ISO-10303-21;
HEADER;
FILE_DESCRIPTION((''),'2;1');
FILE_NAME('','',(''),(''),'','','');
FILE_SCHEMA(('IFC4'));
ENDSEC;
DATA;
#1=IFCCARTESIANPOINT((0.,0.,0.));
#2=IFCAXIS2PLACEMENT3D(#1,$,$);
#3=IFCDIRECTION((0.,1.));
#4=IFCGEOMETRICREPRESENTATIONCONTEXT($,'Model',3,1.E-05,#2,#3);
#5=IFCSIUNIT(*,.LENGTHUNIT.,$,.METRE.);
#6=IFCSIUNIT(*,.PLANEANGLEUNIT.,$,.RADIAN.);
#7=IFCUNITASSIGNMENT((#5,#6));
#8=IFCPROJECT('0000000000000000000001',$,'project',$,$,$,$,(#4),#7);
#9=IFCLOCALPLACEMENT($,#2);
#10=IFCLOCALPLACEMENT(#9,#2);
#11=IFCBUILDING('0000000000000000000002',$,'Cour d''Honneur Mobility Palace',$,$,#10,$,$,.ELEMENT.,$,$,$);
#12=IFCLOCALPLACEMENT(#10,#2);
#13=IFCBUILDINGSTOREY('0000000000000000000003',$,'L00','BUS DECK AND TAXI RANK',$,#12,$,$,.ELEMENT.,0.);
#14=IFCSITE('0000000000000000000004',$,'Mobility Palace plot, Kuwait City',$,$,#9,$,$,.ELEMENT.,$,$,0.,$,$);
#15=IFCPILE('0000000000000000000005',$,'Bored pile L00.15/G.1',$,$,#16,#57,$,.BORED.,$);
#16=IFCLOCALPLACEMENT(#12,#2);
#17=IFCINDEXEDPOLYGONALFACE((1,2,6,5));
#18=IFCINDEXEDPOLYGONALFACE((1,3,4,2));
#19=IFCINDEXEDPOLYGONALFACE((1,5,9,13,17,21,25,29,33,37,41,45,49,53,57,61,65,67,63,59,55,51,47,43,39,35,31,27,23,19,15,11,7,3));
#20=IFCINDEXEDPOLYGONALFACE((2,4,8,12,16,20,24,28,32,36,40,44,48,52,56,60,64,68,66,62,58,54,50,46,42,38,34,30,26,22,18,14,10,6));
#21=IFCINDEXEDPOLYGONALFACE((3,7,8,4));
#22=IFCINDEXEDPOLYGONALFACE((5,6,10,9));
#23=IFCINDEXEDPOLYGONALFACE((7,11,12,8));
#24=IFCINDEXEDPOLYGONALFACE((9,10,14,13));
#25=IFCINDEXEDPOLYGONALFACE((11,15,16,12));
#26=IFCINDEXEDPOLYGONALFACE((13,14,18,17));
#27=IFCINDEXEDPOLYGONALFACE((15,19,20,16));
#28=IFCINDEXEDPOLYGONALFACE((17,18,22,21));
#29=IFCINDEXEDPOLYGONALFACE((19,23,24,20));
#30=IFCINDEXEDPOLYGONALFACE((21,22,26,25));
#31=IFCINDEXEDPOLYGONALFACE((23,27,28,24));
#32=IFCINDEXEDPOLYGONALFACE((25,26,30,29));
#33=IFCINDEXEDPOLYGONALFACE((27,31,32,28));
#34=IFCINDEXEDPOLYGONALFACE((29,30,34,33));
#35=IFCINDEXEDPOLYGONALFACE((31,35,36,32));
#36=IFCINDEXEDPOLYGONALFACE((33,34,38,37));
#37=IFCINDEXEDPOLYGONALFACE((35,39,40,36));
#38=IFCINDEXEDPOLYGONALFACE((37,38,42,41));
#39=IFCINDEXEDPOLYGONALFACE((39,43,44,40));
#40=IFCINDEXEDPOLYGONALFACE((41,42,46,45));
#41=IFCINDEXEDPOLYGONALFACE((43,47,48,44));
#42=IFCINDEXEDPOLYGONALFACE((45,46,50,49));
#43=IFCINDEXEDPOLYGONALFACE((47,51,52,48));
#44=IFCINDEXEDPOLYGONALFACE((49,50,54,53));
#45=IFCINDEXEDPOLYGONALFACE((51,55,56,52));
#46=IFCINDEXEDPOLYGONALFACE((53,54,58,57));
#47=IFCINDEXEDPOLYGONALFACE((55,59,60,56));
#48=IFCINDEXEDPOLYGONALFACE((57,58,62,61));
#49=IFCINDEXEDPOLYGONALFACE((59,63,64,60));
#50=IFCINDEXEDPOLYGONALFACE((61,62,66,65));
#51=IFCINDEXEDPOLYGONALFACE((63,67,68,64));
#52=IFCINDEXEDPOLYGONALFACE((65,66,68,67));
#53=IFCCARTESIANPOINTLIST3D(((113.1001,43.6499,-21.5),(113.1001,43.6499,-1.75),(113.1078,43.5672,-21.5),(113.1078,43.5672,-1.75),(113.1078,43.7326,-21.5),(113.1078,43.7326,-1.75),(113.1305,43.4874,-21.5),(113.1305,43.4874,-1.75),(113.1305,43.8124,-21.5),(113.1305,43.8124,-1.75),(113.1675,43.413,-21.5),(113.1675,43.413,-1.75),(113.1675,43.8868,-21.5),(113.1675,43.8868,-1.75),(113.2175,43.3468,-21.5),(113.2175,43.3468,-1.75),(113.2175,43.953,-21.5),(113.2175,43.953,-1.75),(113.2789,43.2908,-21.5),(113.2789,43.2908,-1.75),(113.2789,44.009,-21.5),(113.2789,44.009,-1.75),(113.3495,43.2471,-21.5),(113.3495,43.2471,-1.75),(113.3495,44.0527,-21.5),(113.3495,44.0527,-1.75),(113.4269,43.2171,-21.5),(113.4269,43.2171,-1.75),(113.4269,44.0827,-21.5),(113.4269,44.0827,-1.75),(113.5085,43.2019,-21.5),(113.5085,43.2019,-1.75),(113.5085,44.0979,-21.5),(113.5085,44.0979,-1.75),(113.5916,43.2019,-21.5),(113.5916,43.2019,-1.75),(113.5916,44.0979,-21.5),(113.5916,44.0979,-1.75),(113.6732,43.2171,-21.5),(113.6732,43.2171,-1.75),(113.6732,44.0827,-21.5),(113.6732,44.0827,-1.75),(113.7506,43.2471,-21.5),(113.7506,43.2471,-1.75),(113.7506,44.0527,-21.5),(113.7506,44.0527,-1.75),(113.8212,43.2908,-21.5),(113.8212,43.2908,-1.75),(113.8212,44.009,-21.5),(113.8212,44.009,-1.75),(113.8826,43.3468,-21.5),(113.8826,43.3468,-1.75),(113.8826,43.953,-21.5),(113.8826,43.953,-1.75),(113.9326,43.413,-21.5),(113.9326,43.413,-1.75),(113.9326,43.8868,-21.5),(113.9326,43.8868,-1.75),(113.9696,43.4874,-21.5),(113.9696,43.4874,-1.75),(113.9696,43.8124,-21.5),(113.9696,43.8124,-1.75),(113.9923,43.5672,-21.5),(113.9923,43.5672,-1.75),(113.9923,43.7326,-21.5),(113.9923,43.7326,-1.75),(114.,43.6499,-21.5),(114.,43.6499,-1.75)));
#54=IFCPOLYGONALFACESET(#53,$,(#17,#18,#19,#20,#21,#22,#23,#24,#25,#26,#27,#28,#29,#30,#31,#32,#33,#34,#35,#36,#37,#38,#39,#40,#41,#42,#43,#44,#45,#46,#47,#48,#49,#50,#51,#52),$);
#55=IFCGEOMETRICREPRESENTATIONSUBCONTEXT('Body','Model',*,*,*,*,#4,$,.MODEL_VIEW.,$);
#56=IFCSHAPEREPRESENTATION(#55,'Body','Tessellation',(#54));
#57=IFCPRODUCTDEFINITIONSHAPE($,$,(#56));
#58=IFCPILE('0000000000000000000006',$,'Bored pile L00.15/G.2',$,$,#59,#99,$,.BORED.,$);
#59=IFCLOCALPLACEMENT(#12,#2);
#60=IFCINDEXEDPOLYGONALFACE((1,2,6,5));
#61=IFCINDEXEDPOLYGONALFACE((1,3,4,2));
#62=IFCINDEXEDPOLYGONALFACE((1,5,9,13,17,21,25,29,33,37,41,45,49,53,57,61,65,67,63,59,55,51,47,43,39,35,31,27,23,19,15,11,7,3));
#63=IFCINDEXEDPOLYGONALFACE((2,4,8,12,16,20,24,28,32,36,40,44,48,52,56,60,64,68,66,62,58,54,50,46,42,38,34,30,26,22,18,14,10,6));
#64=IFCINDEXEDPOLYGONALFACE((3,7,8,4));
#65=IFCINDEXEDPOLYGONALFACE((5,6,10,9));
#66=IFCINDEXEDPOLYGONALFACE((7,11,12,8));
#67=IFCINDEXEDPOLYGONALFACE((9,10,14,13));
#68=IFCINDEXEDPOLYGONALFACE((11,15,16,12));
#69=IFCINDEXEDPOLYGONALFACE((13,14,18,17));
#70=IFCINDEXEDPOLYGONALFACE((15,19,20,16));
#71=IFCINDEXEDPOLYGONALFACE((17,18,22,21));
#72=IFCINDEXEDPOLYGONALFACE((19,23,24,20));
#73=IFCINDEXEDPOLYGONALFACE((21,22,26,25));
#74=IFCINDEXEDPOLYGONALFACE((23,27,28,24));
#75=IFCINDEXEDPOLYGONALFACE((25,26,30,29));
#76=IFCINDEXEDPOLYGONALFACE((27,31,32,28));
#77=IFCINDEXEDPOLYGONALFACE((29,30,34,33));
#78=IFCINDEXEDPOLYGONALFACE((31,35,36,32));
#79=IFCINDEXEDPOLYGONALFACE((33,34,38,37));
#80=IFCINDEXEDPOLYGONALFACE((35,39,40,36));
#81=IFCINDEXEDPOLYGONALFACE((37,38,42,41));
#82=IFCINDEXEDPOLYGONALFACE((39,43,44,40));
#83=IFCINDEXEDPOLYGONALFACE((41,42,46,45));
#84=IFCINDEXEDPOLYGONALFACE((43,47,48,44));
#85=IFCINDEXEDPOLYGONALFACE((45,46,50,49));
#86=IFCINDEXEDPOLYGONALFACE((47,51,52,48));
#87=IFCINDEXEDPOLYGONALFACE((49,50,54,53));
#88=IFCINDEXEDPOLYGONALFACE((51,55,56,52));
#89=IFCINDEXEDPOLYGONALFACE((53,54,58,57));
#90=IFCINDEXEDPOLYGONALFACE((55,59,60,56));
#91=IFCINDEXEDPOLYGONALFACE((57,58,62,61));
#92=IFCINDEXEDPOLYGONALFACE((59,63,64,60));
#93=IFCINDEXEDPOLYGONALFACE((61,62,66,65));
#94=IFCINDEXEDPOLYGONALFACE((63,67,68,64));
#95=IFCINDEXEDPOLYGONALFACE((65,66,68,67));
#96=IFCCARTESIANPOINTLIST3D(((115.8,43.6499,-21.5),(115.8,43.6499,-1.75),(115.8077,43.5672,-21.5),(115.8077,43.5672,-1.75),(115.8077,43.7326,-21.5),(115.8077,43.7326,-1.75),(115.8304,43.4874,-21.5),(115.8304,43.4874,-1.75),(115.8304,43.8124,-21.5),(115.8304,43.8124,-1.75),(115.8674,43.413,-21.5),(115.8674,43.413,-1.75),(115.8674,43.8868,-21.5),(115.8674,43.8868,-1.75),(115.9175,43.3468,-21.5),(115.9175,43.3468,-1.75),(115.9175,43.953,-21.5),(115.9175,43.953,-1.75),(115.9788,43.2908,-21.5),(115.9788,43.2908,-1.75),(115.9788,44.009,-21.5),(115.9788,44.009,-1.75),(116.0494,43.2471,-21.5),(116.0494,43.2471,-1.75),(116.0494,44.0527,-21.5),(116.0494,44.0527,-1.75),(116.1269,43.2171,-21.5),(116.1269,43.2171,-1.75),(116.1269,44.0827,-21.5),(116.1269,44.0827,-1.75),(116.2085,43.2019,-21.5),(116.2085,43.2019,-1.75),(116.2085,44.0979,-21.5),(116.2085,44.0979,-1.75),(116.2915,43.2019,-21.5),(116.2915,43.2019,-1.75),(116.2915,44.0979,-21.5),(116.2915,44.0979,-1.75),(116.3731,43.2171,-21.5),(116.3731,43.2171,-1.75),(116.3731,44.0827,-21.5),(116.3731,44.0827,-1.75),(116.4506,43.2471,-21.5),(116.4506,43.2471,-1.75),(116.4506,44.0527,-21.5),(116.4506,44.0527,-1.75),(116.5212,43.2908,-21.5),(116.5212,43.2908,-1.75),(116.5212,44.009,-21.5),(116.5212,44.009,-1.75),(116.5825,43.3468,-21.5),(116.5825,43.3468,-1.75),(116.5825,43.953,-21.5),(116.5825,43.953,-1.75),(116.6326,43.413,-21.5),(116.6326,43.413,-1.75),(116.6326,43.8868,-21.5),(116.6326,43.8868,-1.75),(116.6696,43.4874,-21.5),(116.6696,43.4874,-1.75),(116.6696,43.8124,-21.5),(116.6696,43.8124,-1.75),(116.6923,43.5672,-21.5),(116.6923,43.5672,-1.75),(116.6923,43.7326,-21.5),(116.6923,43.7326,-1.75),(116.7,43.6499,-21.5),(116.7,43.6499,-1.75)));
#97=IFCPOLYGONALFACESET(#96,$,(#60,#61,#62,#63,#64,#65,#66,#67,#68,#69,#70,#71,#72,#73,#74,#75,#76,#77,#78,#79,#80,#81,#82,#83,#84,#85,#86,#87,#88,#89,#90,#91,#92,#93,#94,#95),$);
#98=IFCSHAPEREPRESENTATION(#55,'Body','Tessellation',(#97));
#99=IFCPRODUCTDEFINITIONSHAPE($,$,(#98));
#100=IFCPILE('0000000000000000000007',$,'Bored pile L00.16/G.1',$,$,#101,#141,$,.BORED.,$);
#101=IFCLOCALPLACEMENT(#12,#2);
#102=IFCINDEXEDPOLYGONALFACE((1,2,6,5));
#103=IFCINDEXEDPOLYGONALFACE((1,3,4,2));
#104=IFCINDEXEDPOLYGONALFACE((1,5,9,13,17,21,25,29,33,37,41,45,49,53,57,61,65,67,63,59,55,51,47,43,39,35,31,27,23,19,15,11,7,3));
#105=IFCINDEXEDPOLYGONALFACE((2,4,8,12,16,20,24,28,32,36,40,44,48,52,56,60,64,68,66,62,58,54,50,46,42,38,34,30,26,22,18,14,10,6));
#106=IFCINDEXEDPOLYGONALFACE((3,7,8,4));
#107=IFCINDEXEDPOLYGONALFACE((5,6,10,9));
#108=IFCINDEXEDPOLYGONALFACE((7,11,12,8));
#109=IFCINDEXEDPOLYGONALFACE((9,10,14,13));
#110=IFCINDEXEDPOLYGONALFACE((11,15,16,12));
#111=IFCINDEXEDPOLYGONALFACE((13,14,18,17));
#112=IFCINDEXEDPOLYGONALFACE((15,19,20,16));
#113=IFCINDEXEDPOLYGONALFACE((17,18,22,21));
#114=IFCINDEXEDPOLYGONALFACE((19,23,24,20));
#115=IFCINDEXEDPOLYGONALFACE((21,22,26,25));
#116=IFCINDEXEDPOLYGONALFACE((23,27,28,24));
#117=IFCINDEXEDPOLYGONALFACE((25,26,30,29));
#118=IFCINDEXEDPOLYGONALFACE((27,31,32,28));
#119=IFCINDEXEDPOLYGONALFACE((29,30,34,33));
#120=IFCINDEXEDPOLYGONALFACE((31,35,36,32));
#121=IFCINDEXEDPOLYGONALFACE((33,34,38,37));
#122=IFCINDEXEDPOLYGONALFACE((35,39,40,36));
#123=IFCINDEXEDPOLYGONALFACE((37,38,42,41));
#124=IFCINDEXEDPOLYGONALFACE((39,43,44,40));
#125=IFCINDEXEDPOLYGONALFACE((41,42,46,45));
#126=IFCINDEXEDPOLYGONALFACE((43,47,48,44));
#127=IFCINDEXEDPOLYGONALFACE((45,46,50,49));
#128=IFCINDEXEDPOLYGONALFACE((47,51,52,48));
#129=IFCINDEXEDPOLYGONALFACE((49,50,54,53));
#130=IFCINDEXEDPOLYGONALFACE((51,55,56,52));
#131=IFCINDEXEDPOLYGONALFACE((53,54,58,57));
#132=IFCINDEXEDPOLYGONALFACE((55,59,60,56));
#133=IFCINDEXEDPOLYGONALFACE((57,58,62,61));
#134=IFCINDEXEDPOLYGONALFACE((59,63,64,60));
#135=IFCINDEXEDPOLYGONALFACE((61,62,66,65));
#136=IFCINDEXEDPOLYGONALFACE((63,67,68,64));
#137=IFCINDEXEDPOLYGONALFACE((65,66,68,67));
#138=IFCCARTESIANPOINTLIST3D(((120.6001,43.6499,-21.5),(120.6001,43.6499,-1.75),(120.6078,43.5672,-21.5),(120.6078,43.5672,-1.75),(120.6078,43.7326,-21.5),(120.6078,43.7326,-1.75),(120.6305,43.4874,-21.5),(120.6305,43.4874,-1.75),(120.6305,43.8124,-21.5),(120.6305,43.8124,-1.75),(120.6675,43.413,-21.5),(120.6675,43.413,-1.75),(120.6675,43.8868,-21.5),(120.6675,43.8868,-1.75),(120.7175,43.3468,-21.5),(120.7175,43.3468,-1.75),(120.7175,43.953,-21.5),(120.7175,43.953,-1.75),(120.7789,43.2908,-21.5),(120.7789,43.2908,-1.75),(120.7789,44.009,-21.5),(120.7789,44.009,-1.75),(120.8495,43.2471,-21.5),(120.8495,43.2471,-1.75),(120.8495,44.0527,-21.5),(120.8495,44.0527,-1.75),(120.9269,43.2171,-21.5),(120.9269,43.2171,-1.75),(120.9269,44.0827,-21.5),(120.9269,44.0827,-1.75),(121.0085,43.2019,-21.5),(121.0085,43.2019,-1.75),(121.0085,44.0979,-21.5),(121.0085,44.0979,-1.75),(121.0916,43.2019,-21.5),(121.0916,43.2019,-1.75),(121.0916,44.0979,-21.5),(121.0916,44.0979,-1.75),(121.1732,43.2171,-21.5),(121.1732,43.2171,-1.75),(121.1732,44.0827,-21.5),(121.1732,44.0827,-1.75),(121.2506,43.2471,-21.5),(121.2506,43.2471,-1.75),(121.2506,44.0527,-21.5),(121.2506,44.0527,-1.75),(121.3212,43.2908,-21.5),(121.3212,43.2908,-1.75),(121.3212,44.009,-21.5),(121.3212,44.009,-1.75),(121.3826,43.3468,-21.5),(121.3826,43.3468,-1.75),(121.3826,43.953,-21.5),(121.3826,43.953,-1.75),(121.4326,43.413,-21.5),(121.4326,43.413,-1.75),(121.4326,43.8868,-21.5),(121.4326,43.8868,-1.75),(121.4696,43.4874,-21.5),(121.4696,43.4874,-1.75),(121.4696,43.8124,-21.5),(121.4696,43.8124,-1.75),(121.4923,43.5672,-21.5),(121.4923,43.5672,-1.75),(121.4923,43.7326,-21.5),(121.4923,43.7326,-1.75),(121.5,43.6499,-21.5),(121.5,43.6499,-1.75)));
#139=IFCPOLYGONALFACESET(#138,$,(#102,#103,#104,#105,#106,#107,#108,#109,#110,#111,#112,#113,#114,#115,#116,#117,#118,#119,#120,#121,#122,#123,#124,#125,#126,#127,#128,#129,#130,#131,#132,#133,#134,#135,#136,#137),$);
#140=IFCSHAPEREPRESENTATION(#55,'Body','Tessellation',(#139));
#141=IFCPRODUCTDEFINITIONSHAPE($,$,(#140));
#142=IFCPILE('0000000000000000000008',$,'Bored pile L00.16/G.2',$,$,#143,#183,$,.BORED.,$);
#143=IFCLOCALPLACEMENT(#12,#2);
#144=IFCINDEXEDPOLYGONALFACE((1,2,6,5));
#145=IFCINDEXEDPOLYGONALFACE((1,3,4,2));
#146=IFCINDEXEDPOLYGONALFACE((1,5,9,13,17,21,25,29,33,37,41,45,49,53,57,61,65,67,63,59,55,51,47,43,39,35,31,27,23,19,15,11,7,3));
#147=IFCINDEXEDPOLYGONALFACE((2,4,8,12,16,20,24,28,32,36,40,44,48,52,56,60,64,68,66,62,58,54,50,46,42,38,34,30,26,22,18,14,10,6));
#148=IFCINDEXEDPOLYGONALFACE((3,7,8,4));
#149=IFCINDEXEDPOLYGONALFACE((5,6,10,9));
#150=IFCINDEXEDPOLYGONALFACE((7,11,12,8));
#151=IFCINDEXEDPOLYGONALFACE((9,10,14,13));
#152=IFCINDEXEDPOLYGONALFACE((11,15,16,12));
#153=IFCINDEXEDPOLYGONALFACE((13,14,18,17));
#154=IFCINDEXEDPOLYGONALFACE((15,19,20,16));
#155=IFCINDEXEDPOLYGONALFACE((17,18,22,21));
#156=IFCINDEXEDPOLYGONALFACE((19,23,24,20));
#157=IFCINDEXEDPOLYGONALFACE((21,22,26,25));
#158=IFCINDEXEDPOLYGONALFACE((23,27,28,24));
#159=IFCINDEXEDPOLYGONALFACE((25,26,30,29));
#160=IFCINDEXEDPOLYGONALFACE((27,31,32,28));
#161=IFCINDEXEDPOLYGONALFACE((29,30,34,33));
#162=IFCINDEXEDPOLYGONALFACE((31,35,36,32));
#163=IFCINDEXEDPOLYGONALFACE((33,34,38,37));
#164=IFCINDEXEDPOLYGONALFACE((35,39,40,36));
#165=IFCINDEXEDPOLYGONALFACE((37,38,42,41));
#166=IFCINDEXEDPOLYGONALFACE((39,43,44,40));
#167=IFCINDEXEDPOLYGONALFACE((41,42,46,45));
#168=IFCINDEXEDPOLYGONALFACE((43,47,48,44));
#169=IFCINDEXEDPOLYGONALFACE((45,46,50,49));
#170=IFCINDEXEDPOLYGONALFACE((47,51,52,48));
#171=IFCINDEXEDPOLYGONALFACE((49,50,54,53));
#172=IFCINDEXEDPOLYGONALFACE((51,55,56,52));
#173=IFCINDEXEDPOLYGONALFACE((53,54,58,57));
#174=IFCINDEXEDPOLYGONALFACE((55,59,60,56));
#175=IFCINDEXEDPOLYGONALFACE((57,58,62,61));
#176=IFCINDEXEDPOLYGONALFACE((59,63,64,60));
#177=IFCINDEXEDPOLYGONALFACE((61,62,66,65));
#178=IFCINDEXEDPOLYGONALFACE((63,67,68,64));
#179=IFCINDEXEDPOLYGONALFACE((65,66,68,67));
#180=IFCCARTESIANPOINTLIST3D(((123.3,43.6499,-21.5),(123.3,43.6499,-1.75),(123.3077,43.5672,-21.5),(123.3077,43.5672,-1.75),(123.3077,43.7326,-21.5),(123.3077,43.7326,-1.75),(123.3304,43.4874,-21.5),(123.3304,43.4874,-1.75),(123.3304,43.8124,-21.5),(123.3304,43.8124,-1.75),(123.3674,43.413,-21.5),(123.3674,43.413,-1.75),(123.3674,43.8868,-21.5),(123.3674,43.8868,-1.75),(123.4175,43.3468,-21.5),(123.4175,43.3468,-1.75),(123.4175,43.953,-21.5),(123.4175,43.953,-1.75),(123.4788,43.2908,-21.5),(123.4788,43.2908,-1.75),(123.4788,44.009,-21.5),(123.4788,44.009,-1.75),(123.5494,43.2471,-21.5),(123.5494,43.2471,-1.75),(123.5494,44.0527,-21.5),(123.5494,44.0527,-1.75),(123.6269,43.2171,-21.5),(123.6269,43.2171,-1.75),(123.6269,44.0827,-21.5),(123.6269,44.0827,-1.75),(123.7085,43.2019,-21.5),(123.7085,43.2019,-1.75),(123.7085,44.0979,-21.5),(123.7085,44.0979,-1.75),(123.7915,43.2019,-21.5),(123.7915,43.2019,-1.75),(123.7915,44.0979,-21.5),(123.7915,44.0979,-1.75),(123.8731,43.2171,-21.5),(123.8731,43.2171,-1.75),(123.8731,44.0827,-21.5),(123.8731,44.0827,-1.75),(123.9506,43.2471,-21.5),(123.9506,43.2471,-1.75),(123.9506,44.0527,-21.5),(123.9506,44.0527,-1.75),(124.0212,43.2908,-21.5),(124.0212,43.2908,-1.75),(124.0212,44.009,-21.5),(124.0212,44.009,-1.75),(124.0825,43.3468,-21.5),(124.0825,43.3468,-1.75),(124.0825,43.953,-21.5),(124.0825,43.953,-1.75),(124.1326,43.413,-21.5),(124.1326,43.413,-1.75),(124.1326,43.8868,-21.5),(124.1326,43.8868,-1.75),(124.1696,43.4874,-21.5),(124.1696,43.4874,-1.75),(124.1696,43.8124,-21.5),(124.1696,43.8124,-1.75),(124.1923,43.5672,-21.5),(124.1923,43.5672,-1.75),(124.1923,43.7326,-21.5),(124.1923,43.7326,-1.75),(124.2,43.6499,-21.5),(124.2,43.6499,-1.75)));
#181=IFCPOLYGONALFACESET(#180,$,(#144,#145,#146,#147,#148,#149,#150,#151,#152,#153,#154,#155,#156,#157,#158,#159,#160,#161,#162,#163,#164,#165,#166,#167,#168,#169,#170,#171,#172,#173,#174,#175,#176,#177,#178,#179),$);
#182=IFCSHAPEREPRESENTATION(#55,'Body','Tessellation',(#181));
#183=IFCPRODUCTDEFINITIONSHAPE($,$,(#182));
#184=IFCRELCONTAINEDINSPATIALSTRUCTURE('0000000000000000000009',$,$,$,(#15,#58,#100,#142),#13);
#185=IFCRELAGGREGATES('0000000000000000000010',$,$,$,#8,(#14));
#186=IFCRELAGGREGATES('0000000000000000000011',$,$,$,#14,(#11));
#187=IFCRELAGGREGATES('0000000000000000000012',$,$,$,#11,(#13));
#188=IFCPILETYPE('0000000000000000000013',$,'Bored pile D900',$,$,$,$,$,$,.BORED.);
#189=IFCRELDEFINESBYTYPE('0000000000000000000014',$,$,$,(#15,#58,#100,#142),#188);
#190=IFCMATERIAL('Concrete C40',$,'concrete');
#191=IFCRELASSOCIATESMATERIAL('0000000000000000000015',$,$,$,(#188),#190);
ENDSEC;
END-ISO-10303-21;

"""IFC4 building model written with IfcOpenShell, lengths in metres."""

from ifc_helpers import new_model, si_unit, direction, frame, origin, origin_2d, place, context, subcontext, project, spatial, circle, extrude, material, material_profile, profile_set, type_object, element, save


model = new_model("IFC4")

# Units and contexts
model_context = context("Model", 3, precision=1e-05, world=origin(), true_north=direction((0.0, 1.0)))
body_context = subcontext(model_context, "Body", "Model", "MODEL_VIEW")
ifc_project = project(units=[si_unit("LENGTHUNIT", "METRE"), si_unit("PLANEANGLEUNIT", "RADIAN")], contexts=[model_context])

# Site, building, storey
site_placement = place(None, origin())
site = spatial("IfcSite", under=ifc_project, at=site_placement, Name="Mobility Palace plot, Kuwait City", CompositionType="ELEMENT", RefElevation=0.0)
building_placement = place(site_placement, origin())
building = spatial("IfcBuilding", under=site, at=building_placement, Name="Cour d'Honneur Mobility Palace", CompositionType="ELEMENT")
storey_placement = place(building_placement, origin())
storey = spatial("IfcBuildingStorey", under=building, at=storey_placement, Name="L00", Description="BUS DECK AND TAXI RANK", CompositionType="ELEMENT", Elevation=0.0)

# Piles
ifc_material_1 = material(Name="Concrete C40", Category="concrete")
ifc_material_profile_1 = material_profile(ifc_material_1, circle(Radius=0.45, at=origin_2d()), Name="Bored pile D900")
ifc_profile_set_1 = profile_set([ifc_material_profile_1], Name="Concrete C40")
pile_type = type_object("IfcPileType", Name="Bored pile D900", PredefinedType="BORED", material=ifc_profile_set_1)
for number, where, z_axis, x_axis, name in (
    (1, (113.55, 43.6499, -1.75), (0.0, 0.0, -1.0), (1.0, 0.0, 0.0), "Bored pile L00.15/G.1"),
    (2, (116.25, 43.6499, -1.75), (0.0, 0.0, -1.0), (1.0, 0.0, 0.0), "Bored pile L00.15/G.2"),
    (3, (121.05, 43.6499, -1.75), (0.0, 0.0, -1.0), (1.0, 0.0, 0.0), "Bored pile L00.16/G.1"),
    (4, (123.75, 43.6499, -1.75), (0.0, 0.0, -1.0), (1.0, 0.0, 0.0), "Bored pile L00.16/G.2"),
):
    element("IfcPile", number, at=place(storey_placement, frame(where, z_axis=z_axis, x_axis=x_axis)), inside=storey, type_object=pile_type, Name=name, PredefinedType="BORED", context=body_context, shape_type="SweptSolid", body=[
        extrude(circle(Radius=0.45, at=origin_2d()), origin(), (0.0, 0.0, 1.0), 19.75),
    ])

save(model, "model.ifc")
